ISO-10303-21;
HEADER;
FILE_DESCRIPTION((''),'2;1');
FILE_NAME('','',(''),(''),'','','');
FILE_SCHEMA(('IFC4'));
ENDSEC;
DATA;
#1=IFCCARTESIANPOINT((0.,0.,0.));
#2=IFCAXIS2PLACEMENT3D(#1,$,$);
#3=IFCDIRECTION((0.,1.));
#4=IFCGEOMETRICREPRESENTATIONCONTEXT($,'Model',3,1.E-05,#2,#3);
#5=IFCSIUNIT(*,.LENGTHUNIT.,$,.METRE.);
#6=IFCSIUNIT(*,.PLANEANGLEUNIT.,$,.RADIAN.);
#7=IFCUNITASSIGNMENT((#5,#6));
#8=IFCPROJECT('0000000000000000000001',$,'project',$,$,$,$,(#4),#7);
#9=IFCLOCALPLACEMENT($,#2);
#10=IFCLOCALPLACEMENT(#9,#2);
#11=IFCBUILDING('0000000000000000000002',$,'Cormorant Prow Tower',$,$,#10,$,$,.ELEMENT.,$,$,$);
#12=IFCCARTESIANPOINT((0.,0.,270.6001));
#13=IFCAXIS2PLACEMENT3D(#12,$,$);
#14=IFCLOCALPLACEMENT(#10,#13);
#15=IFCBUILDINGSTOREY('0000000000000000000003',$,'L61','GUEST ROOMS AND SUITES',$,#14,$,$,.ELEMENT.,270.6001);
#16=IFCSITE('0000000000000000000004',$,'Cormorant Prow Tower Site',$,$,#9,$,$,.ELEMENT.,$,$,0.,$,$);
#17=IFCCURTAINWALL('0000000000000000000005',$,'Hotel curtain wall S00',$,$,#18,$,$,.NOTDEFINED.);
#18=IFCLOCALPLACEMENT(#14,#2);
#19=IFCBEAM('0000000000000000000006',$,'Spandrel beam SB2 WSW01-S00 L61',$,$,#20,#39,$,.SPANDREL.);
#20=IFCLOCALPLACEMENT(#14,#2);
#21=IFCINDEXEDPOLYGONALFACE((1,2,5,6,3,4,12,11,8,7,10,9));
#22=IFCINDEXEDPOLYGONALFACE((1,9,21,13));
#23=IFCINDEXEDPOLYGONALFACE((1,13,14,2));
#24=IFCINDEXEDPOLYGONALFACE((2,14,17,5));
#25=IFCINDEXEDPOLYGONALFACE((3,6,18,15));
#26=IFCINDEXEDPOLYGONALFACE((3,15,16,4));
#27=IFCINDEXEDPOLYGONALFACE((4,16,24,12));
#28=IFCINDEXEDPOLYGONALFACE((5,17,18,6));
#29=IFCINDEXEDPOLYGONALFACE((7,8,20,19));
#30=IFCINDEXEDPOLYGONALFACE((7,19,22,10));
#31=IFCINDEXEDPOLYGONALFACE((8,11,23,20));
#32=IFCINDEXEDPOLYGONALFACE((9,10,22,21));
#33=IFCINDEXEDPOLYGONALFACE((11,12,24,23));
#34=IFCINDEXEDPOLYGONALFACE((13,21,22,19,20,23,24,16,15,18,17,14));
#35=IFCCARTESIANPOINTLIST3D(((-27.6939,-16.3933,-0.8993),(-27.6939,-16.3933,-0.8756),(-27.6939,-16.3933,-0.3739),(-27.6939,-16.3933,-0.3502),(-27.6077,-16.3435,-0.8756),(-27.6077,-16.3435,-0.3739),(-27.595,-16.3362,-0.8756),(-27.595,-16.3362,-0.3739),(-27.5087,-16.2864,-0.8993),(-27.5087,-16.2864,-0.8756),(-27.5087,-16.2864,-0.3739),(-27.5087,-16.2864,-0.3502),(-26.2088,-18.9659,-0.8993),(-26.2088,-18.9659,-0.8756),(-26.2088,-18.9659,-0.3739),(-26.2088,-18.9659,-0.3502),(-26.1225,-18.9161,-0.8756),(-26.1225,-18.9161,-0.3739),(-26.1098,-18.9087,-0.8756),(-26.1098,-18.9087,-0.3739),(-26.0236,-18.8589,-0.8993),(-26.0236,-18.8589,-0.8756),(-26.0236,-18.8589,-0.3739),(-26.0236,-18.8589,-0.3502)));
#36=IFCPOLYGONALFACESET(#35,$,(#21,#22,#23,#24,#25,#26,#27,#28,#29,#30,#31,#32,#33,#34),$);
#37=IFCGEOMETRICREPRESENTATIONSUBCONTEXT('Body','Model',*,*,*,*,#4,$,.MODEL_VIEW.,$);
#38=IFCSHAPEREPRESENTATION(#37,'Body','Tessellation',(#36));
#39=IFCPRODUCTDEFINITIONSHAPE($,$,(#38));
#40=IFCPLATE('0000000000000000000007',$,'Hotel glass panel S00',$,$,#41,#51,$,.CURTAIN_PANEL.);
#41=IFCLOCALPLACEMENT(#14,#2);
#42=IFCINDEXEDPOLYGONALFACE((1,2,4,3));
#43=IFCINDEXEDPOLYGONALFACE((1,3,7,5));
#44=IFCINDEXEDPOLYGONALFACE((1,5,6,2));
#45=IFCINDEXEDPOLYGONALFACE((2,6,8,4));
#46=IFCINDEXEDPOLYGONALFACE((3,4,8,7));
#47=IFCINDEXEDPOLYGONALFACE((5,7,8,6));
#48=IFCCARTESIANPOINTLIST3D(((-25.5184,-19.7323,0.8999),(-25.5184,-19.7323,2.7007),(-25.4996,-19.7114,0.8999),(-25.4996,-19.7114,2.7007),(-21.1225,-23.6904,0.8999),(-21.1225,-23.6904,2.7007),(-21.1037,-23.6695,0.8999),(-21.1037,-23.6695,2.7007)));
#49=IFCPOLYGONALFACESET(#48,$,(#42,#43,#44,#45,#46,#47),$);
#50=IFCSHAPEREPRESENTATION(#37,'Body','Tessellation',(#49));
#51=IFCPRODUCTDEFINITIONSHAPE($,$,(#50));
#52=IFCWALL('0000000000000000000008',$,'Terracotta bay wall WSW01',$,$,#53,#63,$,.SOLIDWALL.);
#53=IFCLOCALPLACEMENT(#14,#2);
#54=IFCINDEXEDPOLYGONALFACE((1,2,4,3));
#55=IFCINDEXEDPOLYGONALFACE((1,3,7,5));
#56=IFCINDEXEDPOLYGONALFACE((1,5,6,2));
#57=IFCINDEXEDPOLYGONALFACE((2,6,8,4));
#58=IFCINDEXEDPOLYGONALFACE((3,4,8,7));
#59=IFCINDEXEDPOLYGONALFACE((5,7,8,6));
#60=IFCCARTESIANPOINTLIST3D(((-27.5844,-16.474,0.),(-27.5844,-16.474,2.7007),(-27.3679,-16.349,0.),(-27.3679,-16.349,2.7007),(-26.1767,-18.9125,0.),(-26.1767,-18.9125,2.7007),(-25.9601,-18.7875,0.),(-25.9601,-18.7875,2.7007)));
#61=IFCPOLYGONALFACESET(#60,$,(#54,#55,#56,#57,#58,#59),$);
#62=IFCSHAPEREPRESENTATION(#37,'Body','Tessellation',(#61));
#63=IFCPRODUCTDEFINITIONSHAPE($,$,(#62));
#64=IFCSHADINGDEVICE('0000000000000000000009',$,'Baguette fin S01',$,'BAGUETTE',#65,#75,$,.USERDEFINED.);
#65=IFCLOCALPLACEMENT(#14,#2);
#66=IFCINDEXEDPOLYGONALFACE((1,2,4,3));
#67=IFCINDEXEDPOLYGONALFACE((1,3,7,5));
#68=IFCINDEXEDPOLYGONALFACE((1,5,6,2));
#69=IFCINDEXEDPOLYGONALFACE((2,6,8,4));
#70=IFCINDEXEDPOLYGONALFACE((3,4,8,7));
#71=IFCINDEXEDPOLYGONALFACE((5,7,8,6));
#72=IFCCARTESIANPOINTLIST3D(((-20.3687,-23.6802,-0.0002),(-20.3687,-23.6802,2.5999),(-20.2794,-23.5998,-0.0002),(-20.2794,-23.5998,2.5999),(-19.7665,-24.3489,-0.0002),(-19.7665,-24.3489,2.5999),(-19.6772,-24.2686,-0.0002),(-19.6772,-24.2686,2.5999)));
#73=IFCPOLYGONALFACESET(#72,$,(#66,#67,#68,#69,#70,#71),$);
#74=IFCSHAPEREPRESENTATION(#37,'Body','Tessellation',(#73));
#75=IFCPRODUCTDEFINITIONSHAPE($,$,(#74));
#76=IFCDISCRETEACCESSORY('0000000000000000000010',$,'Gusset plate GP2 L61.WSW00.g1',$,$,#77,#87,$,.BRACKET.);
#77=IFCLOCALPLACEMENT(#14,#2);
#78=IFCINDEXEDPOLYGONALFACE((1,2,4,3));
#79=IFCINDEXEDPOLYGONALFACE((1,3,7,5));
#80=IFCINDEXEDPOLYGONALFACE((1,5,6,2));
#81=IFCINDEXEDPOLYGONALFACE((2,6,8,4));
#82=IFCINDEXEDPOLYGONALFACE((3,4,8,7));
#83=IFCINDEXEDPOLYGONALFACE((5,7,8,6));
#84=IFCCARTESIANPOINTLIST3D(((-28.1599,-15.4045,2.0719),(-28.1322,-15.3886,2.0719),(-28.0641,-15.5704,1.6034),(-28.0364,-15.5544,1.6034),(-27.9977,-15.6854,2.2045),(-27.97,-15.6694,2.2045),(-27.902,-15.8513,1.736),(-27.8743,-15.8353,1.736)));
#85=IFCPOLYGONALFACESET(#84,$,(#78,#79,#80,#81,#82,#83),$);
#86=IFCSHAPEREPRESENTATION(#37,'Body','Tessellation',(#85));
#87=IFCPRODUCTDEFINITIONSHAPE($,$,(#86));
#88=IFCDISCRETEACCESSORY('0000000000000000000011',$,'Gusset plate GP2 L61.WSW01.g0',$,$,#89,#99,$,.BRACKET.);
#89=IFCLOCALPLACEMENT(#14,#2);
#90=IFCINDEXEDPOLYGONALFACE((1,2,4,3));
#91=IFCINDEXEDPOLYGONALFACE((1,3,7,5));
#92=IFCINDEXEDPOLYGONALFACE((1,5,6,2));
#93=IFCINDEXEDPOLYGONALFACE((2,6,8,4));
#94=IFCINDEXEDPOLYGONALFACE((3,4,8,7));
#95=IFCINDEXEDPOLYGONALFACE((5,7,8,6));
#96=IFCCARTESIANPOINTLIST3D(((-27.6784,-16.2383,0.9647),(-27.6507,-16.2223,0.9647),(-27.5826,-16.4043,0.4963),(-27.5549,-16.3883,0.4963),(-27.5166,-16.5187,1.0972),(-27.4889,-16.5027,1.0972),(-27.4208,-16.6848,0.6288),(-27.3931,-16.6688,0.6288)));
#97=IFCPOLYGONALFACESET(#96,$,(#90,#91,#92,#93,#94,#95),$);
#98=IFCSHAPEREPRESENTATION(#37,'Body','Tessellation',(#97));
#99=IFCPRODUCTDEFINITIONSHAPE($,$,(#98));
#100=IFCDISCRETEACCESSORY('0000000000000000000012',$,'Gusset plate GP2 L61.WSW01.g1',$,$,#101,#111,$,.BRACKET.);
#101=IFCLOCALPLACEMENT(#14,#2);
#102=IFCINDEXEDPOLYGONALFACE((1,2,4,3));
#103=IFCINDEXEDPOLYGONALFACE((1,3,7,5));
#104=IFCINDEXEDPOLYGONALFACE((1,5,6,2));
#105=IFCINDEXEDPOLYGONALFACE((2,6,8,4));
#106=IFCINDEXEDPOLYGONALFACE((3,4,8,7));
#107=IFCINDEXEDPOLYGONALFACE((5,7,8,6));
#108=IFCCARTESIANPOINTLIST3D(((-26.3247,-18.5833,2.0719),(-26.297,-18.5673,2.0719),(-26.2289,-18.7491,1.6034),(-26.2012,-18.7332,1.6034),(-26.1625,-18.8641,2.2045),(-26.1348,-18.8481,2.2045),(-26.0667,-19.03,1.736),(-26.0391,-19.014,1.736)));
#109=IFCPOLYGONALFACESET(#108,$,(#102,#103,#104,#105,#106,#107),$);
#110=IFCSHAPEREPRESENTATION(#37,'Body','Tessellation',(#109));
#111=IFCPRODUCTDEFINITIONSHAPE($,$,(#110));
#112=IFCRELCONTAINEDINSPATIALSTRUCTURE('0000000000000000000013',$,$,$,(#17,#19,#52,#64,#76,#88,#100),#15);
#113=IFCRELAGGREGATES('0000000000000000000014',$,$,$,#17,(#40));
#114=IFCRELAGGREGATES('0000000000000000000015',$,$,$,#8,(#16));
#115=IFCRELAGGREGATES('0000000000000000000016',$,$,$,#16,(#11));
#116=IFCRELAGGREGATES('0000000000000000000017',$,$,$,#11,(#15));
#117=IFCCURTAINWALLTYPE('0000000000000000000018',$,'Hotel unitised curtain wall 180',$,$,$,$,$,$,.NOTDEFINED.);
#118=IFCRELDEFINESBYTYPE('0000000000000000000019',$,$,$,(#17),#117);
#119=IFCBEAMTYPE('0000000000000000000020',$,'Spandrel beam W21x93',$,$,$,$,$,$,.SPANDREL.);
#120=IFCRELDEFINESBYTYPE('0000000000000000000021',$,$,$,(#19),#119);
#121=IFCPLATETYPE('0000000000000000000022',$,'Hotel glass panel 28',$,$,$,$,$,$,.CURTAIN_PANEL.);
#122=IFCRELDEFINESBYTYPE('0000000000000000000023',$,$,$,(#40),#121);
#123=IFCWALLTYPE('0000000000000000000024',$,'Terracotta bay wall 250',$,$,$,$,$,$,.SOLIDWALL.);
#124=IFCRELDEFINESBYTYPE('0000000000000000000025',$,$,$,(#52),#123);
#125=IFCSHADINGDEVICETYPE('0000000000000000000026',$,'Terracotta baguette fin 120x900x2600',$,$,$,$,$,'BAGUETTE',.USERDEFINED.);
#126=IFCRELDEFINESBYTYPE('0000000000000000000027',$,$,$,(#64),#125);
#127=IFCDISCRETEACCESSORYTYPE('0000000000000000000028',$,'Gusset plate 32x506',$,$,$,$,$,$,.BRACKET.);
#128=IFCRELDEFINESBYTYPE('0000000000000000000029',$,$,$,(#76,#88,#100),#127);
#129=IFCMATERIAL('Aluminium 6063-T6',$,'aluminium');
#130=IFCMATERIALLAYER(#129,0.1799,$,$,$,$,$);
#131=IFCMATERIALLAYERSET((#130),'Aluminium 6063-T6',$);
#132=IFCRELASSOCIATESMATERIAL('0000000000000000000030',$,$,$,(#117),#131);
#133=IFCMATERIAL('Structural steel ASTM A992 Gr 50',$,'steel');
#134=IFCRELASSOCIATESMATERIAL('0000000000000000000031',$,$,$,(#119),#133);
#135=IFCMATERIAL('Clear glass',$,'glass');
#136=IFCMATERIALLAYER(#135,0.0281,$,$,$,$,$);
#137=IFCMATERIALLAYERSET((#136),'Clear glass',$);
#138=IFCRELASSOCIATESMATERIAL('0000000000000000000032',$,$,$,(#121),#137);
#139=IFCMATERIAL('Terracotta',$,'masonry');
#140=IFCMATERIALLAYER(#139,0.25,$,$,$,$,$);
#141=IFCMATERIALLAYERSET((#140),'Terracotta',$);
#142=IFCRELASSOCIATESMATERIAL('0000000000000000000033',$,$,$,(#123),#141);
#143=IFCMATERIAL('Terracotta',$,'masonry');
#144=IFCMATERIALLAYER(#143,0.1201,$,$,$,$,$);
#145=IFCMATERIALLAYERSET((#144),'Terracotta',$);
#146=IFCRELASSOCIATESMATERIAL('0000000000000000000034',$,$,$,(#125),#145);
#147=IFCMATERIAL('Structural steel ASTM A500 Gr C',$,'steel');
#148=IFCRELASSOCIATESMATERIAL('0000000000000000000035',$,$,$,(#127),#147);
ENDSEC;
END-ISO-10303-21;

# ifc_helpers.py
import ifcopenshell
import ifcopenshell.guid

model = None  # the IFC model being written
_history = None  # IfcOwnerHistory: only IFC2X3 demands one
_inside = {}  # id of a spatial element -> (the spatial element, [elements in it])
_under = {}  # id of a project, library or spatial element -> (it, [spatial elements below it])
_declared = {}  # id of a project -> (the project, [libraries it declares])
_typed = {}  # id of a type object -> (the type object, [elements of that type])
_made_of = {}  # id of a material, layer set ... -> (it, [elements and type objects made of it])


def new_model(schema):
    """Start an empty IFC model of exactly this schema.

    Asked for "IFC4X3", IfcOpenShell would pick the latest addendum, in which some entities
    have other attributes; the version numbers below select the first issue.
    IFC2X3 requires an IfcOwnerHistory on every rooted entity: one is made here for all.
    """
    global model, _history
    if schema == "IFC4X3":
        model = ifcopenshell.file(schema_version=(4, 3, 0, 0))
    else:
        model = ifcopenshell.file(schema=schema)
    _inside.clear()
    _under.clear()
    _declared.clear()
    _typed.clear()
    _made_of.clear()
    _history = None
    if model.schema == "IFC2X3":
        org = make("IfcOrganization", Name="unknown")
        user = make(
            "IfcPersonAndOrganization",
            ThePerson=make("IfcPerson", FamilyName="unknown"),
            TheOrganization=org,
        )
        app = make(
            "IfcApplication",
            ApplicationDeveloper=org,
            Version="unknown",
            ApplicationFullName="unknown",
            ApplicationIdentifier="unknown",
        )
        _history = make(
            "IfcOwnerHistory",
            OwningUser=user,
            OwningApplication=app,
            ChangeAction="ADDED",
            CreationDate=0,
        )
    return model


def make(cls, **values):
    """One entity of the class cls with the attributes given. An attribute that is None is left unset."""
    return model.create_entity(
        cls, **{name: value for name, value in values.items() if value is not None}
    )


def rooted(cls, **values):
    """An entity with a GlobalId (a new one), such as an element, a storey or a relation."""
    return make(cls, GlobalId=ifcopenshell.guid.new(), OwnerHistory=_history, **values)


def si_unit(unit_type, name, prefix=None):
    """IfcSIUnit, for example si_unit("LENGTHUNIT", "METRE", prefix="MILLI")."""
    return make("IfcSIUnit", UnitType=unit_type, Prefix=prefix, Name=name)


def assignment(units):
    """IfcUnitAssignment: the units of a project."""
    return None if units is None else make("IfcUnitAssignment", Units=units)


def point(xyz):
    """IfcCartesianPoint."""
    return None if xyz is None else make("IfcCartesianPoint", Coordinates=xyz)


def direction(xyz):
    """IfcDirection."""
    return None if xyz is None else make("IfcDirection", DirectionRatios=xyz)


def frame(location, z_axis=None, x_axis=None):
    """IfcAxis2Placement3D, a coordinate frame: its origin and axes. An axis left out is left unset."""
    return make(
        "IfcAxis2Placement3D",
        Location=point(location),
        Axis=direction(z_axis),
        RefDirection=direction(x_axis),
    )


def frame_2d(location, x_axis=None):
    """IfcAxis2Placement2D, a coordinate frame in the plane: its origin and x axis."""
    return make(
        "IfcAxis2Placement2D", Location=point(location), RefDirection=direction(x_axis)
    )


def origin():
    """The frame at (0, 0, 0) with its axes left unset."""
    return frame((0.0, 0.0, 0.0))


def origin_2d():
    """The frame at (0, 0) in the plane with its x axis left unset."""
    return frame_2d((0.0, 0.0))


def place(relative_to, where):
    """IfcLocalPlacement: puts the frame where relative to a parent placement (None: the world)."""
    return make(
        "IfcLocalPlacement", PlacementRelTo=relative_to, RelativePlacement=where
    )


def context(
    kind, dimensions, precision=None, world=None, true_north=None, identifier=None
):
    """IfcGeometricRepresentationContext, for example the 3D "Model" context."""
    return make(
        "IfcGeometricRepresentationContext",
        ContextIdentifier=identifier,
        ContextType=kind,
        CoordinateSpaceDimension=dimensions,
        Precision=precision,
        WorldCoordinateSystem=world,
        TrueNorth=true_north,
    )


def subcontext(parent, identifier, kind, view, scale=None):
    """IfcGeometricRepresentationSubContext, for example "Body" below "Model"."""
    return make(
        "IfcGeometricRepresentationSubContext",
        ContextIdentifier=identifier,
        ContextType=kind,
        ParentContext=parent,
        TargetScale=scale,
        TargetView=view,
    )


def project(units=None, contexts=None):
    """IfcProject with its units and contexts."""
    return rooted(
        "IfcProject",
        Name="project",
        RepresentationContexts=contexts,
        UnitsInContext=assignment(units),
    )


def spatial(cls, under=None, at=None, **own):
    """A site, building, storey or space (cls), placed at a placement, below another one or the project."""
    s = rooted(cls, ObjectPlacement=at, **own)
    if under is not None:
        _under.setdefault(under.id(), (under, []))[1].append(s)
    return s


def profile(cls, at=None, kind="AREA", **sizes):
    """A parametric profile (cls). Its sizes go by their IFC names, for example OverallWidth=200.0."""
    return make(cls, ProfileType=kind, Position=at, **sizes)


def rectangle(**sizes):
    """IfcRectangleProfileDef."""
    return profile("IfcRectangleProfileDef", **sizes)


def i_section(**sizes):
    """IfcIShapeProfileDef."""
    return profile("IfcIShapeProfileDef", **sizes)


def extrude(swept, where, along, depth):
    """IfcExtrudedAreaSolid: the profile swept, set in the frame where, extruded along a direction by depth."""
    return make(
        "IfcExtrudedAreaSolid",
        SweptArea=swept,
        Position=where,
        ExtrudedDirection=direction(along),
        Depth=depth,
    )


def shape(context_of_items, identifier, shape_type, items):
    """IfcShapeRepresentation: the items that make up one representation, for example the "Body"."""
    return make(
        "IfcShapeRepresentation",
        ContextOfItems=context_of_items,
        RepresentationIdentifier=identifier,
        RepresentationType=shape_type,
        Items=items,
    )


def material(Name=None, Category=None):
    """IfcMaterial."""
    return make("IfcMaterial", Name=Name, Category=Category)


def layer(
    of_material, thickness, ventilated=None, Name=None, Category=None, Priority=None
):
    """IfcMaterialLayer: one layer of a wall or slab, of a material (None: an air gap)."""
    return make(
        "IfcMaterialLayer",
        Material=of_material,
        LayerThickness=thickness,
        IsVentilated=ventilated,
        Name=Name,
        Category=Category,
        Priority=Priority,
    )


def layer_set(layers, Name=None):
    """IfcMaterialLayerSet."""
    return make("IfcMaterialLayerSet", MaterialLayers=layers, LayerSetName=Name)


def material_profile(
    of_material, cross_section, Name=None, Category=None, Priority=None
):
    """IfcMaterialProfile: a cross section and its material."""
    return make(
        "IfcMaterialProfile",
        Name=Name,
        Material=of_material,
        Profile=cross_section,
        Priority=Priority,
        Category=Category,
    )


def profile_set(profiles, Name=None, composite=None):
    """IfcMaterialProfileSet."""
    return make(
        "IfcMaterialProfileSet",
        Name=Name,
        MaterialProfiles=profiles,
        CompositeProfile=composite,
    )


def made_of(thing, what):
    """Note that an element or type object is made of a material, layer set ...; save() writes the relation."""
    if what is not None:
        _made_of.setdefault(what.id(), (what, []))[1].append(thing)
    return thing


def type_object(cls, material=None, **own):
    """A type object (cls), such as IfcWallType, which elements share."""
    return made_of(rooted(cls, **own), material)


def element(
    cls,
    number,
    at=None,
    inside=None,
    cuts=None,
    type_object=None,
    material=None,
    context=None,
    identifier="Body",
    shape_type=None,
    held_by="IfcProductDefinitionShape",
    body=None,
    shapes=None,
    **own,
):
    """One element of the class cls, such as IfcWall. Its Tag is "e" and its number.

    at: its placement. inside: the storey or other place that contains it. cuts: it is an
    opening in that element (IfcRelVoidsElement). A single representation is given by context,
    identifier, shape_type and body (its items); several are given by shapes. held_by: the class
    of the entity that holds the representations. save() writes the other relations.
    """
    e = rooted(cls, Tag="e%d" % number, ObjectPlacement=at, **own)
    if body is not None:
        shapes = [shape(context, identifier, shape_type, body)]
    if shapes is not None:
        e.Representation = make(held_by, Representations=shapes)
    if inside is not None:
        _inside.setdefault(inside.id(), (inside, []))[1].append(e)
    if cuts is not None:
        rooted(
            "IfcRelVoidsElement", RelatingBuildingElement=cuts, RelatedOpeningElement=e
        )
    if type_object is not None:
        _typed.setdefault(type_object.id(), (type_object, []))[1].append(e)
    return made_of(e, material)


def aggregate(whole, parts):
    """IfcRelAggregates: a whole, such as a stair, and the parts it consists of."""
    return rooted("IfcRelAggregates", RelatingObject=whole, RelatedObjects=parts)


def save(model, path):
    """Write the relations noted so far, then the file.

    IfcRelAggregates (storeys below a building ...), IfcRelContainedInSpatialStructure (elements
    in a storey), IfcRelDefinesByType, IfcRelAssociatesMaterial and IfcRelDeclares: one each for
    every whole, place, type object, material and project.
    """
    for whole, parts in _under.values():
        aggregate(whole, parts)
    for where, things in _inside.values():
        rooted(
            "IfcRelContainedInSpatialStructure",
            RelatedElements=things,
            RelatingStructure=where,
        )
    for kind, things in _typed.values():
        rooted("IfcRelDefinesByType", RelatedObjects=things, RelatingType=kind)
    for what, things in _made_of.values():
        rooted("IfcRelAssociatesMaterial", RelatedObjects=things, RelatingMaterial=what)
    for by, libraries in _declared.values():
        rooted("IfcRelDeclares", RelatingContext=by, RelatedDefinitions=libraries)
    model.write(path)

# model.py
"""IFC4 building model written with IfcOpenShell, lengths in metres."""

from ifc_helpers import new_model, si_unit, direction, frame, frame_2d, origin, origin_2d, place, context, subcontext, project, spatial, rectangle, i_section, extrude, material, layer, layer_set, material_profile, profile_set, type_object, element, aggregate, save


model = new_model("IFC4")

# Units and contexts
model_context = context("Model", 3, precision=1e-05, world=origin(), true_north=direction((0.0, 1.0)))
body_context = subcontext(model_context, "Body", "Model", "MODEL_VIEW")
ifc_project = project(units=[si_unit("LENGTHUNIT", "METRE"), si_unit("PLANEANGLEUNIT", "RADIAN")], contexts=[model_context])

# Site, building, storey
site_placement = place(None, origin())
site = spatial("IfcSite", under=ifc_project, at=site_placement, Name="Cormorant Prow Tower Site", CompositionType="ELEMENT", RefElevation=0.0)
building_placement = place(site_placement, origin())
building = spatial("IfcBuilding", under=site, at=building_placement, Name="Cormorant Prow Tower", CompositionType="ELEMENT")
storey_placement = place(building_placement, frame((0.0, 0.0, 270.6001)))
storey = spatial("IfcBuildingStorey", under=building, at=storey_placement, Name="L61", Description="GUEST ROOMS AND SUITES", CompositionType="ELEMENT", Elevation=270.6001)

# Curtain wall
ifc_material_1 = material(Name="Aluminium 6063-T6", Category="aluminium")
ifc_layer_1 = layer(ifc_material_1, 0.1799)
ifc_layer_set_1 = layer_set([ifc_layer_1], Name="Aluminium 6063-T6")
curtain_wall_type = type_object("IfcCurtainWallType", Name="Hotel unitised curtain wall 180", PredefinedType="NOTDEFINED", material=ifc_layer_set_1)
curtain_wall_1_placement = place(storey_placement, origin())
curtain_wall_1 = element("IfcCurtainWall", 1, at=curtain_wall_1_placement, inside=storey, type_object=curtain_wall_type, Name="Hotel curtain wall S00", PredefinedType="NOTDEFINED")

# Beam
ifc_material_2 = material(Name="Structural steel ASTM A992 Gr 50", Category="steel")
ifc_material_profile_1 = material_profile(ifc_material_2, i_section(OverallWidth=0.2139, OverallDepth=0.5491, WebThickness=0.0146, FlangeThickness=0.0237, at=origin_2d()), Name="W21x93")
ifc_profile_set_1 = profile_set([ifc_material_profile_1], Name="Structural steel ASTM A992 Gr 50")
beam_type = type_object("IfcBeamType", Name="Spandrel beam W21x93", PredefinedType="SPANDREL", material=ifc_profile_set_1)
beam_placement = place(storey_placement, frame((-27.6013, -16.3398, -0.6248), z_axis=(0.499967, -0.866045, 0.0), x_axis=(0.866045, 0.499967, 0.0)))
element("IfcBeam", 2, at=beam_placement, inside=storey, type_object=beam_type, Name="Spandrel beam SB2 WSW01-S00 L61", PredefinedType="SPANDREL", context=body_context, shape_type="SweptSolid", body=[
    extrude(i_section(OverallWidth=0.2139, OverallDepth=0.5491, WebThickness=0.0146, FlangeThickness=0.0237, at=origin_2d()), origin(), (0.0, 0.0, 1.0), 2.9705),
])

# Plate
ifc_material_3 = material(Name="Clear glass", Category="glass")
ifc_layer_2 = layer(ifc_material_3, 0.0281)
ifc_layer_set_2 = layer_set([ifc_layer_2], Name="Clear glass")
plate_type = type_object("IfcPlateType", Name="Hotel glass panel 28", PredefinedType="CURTAIN_PANEL", material=ifc_layer_set_2)
plate_placement = place(storey_placement, frame((-23.311, -21.7009, 0.8999), z_axis=(0.0, 0.0, 1.0), x_axis=(0.743145, -0.669131, 0.0)))
plate = element("IfcPlate", 3, at=plate_placement, type_object=plate_type, Name="Hotel glass panel S00", PredefinedType="CURTAIN_PANEL", context=body_context, shape_type="SweptSolid", body=[
    extrude(rectangle(XDim=5.9153, YDim=0.0281, at=origin_2d()), origin(), (0.0, 0.0, 1.0), 1.8008),
])
aggregate(curtain_wall_1, [plate])

# Wall
ifc_material_4 = material(Name="Terracotta", Category="masonry")
ifc_layer_3 = layer(ifc_material_4, 0.25)
ifc_layer_set_3 = layer_set([ifc_layer_3], Name="Terracotta")
wall_type_1 = type_object("IfcWallType", Name="Terracotta bay wall 250", PredefinedType="SOLIDWALL", material=ifc_layer_set_3)
wall_1_placement = place(storey_placement, frame((-27.4761, -16.4116, 0.0), z_axis=(0.0, 0.0, 1.0), x_axis=(0.499963, -0.866047, 0.0)))
element("IfcWall", 4, at=wall_1_placement, inside=storey, type_object=wall_type_1, Name="Terracotta bay wall WSW01", PredefinedType="SOLIDWALL", context=body_context, shape_type="SweptSolid", body=[
    extrude(rectangle(XDim=2.8157, YDim=0.25, at=frame_2d((1.4077, 0.0))), origin(), (0.0, 0.0, 1.0), 2.7007),
])

# Shading device
ifc_material_5 = material(Name="Terracotta", Category="masonry")
ifc_layer_4 = layer(ifc_material_5, 0.1201)
ifc_layer_set_4 = layer_set([ifc_layer_4], Name="Terracotta")
shading_device_type = type_object("IfcShadingDeviceType", Name="Terracotta baguette fin 120x900x2600", ElementType="BAGUETTE", PredefinedType="USERDEFINED", material=ifc_layer_set_4)
shading_device_placement = place(storey_placement, frame((-20.0229, -23.9744, -0.0002), z_axis=(0.0, 0.0, 1.0), x_axis=(0.743145, 0.669131, 0.0)))
element("IfcShadingDevice", 5, at=shading_device_placement, inside=storey, type_object=shading_device_type, Name="Baguette fin S01", ObjectType="BAGUETTE", PredefinedType="USERDEFINED", context=body_context, shape_type="SweptSolid", body=[
    extrude(rectangle(XDim=0.1201, YDim=0.8999, at=origin_2d()), origin(), (0.0, 0.0, 1.0), 2.6001),
])

# Discrete accessories
ifc_material_6 = material(Name="Structural steel ASTM A500 Gr C", Category="steel")
ifc_material_profile_2 = material_profile(ifc_material_6, rectangle(XDim=0.032, YDim=0.5061, at=origin_2d()), Name="Gusset plate 32x506")
ifc_profile_set_2 = profile_set([ifc_material_profile_2], Name="Structural steel ASTM A500 Gr C")
discrete_accessory_type = type_object("IfcDiscreteAccessoryType", Name="Gusset plate 32x506", PredefinedType="BRACKET", material=ifc_profile_set_2)
discrete_accessory_1_placement = place(storey_placement, frame((-28.0981, -15.4795, 1.8376), z_axis=(0.462828, -0.801584, 0.378487), x_axis=(0.86601, 0.500027, 0.0)))
element("IfcDiscreteAccessory", 6, at=discrete_accessory_1_placement, inside=storey, type_object=discrete_accessory_type, Name="Gusset plate GP2 L61.WSW00.g1", PredefinedType="BRACKET", context=body_context, shape_type="SweptSolid", body=[
    extrude(rectangle(XDim=0.032, YDim=0.5061, at=origin_2d()), origin(), (0.0, 0.0, 1.0), 0.3503),
])
discrete_accessory_2_placement = place(storey_placement, frame((-27.4548, -16.5938, 0.863), z_axis=(-0.462538, 0.801594, -0.378821), x_axis=(-0.866148, -0.499788, 0.0)))
element("IfcDiscreteAccessory", 7, at=discrete_accessory_2_placement, inside=storey, type_object=discrete_accessory_type, Name="Gusset plate GP2 L61.WSW01.g0", PredefinedType="BRACKET", context=body_context, shape_type="SweptSolid", body=[
    extrude(rectangle(XDim=0.032, YDim=0.5061, at=origin_2d()), origin(), (0.0, 0.0, 1.0), 0.3499),
])
discrete_accessory_3_placement = place(storey_placement, frame((-26.2629, -18.6582, 1.8376), z_axis=(0.462828, -0.801584, 0.378487), x_axis=(0.86601, 0.500027, 0.0)))
element("IfcDiscreteAccessory", 8, at=discrete_accessory_3_placement, inside=storey, type_object=discrete_accessory_type, Name="Gusset plate GP2 L61.WSW01.g1", PredefinedType="BRACKET", context=body_context, shape_type="SweptSolid", body=[
    extrude(rectangle(XDim=0.032, YDim=0.5061, at=origin_2d()), origin(), (0.0, 0.0, 1.0), 0.3503),
])

save(model, "model.ifc")
